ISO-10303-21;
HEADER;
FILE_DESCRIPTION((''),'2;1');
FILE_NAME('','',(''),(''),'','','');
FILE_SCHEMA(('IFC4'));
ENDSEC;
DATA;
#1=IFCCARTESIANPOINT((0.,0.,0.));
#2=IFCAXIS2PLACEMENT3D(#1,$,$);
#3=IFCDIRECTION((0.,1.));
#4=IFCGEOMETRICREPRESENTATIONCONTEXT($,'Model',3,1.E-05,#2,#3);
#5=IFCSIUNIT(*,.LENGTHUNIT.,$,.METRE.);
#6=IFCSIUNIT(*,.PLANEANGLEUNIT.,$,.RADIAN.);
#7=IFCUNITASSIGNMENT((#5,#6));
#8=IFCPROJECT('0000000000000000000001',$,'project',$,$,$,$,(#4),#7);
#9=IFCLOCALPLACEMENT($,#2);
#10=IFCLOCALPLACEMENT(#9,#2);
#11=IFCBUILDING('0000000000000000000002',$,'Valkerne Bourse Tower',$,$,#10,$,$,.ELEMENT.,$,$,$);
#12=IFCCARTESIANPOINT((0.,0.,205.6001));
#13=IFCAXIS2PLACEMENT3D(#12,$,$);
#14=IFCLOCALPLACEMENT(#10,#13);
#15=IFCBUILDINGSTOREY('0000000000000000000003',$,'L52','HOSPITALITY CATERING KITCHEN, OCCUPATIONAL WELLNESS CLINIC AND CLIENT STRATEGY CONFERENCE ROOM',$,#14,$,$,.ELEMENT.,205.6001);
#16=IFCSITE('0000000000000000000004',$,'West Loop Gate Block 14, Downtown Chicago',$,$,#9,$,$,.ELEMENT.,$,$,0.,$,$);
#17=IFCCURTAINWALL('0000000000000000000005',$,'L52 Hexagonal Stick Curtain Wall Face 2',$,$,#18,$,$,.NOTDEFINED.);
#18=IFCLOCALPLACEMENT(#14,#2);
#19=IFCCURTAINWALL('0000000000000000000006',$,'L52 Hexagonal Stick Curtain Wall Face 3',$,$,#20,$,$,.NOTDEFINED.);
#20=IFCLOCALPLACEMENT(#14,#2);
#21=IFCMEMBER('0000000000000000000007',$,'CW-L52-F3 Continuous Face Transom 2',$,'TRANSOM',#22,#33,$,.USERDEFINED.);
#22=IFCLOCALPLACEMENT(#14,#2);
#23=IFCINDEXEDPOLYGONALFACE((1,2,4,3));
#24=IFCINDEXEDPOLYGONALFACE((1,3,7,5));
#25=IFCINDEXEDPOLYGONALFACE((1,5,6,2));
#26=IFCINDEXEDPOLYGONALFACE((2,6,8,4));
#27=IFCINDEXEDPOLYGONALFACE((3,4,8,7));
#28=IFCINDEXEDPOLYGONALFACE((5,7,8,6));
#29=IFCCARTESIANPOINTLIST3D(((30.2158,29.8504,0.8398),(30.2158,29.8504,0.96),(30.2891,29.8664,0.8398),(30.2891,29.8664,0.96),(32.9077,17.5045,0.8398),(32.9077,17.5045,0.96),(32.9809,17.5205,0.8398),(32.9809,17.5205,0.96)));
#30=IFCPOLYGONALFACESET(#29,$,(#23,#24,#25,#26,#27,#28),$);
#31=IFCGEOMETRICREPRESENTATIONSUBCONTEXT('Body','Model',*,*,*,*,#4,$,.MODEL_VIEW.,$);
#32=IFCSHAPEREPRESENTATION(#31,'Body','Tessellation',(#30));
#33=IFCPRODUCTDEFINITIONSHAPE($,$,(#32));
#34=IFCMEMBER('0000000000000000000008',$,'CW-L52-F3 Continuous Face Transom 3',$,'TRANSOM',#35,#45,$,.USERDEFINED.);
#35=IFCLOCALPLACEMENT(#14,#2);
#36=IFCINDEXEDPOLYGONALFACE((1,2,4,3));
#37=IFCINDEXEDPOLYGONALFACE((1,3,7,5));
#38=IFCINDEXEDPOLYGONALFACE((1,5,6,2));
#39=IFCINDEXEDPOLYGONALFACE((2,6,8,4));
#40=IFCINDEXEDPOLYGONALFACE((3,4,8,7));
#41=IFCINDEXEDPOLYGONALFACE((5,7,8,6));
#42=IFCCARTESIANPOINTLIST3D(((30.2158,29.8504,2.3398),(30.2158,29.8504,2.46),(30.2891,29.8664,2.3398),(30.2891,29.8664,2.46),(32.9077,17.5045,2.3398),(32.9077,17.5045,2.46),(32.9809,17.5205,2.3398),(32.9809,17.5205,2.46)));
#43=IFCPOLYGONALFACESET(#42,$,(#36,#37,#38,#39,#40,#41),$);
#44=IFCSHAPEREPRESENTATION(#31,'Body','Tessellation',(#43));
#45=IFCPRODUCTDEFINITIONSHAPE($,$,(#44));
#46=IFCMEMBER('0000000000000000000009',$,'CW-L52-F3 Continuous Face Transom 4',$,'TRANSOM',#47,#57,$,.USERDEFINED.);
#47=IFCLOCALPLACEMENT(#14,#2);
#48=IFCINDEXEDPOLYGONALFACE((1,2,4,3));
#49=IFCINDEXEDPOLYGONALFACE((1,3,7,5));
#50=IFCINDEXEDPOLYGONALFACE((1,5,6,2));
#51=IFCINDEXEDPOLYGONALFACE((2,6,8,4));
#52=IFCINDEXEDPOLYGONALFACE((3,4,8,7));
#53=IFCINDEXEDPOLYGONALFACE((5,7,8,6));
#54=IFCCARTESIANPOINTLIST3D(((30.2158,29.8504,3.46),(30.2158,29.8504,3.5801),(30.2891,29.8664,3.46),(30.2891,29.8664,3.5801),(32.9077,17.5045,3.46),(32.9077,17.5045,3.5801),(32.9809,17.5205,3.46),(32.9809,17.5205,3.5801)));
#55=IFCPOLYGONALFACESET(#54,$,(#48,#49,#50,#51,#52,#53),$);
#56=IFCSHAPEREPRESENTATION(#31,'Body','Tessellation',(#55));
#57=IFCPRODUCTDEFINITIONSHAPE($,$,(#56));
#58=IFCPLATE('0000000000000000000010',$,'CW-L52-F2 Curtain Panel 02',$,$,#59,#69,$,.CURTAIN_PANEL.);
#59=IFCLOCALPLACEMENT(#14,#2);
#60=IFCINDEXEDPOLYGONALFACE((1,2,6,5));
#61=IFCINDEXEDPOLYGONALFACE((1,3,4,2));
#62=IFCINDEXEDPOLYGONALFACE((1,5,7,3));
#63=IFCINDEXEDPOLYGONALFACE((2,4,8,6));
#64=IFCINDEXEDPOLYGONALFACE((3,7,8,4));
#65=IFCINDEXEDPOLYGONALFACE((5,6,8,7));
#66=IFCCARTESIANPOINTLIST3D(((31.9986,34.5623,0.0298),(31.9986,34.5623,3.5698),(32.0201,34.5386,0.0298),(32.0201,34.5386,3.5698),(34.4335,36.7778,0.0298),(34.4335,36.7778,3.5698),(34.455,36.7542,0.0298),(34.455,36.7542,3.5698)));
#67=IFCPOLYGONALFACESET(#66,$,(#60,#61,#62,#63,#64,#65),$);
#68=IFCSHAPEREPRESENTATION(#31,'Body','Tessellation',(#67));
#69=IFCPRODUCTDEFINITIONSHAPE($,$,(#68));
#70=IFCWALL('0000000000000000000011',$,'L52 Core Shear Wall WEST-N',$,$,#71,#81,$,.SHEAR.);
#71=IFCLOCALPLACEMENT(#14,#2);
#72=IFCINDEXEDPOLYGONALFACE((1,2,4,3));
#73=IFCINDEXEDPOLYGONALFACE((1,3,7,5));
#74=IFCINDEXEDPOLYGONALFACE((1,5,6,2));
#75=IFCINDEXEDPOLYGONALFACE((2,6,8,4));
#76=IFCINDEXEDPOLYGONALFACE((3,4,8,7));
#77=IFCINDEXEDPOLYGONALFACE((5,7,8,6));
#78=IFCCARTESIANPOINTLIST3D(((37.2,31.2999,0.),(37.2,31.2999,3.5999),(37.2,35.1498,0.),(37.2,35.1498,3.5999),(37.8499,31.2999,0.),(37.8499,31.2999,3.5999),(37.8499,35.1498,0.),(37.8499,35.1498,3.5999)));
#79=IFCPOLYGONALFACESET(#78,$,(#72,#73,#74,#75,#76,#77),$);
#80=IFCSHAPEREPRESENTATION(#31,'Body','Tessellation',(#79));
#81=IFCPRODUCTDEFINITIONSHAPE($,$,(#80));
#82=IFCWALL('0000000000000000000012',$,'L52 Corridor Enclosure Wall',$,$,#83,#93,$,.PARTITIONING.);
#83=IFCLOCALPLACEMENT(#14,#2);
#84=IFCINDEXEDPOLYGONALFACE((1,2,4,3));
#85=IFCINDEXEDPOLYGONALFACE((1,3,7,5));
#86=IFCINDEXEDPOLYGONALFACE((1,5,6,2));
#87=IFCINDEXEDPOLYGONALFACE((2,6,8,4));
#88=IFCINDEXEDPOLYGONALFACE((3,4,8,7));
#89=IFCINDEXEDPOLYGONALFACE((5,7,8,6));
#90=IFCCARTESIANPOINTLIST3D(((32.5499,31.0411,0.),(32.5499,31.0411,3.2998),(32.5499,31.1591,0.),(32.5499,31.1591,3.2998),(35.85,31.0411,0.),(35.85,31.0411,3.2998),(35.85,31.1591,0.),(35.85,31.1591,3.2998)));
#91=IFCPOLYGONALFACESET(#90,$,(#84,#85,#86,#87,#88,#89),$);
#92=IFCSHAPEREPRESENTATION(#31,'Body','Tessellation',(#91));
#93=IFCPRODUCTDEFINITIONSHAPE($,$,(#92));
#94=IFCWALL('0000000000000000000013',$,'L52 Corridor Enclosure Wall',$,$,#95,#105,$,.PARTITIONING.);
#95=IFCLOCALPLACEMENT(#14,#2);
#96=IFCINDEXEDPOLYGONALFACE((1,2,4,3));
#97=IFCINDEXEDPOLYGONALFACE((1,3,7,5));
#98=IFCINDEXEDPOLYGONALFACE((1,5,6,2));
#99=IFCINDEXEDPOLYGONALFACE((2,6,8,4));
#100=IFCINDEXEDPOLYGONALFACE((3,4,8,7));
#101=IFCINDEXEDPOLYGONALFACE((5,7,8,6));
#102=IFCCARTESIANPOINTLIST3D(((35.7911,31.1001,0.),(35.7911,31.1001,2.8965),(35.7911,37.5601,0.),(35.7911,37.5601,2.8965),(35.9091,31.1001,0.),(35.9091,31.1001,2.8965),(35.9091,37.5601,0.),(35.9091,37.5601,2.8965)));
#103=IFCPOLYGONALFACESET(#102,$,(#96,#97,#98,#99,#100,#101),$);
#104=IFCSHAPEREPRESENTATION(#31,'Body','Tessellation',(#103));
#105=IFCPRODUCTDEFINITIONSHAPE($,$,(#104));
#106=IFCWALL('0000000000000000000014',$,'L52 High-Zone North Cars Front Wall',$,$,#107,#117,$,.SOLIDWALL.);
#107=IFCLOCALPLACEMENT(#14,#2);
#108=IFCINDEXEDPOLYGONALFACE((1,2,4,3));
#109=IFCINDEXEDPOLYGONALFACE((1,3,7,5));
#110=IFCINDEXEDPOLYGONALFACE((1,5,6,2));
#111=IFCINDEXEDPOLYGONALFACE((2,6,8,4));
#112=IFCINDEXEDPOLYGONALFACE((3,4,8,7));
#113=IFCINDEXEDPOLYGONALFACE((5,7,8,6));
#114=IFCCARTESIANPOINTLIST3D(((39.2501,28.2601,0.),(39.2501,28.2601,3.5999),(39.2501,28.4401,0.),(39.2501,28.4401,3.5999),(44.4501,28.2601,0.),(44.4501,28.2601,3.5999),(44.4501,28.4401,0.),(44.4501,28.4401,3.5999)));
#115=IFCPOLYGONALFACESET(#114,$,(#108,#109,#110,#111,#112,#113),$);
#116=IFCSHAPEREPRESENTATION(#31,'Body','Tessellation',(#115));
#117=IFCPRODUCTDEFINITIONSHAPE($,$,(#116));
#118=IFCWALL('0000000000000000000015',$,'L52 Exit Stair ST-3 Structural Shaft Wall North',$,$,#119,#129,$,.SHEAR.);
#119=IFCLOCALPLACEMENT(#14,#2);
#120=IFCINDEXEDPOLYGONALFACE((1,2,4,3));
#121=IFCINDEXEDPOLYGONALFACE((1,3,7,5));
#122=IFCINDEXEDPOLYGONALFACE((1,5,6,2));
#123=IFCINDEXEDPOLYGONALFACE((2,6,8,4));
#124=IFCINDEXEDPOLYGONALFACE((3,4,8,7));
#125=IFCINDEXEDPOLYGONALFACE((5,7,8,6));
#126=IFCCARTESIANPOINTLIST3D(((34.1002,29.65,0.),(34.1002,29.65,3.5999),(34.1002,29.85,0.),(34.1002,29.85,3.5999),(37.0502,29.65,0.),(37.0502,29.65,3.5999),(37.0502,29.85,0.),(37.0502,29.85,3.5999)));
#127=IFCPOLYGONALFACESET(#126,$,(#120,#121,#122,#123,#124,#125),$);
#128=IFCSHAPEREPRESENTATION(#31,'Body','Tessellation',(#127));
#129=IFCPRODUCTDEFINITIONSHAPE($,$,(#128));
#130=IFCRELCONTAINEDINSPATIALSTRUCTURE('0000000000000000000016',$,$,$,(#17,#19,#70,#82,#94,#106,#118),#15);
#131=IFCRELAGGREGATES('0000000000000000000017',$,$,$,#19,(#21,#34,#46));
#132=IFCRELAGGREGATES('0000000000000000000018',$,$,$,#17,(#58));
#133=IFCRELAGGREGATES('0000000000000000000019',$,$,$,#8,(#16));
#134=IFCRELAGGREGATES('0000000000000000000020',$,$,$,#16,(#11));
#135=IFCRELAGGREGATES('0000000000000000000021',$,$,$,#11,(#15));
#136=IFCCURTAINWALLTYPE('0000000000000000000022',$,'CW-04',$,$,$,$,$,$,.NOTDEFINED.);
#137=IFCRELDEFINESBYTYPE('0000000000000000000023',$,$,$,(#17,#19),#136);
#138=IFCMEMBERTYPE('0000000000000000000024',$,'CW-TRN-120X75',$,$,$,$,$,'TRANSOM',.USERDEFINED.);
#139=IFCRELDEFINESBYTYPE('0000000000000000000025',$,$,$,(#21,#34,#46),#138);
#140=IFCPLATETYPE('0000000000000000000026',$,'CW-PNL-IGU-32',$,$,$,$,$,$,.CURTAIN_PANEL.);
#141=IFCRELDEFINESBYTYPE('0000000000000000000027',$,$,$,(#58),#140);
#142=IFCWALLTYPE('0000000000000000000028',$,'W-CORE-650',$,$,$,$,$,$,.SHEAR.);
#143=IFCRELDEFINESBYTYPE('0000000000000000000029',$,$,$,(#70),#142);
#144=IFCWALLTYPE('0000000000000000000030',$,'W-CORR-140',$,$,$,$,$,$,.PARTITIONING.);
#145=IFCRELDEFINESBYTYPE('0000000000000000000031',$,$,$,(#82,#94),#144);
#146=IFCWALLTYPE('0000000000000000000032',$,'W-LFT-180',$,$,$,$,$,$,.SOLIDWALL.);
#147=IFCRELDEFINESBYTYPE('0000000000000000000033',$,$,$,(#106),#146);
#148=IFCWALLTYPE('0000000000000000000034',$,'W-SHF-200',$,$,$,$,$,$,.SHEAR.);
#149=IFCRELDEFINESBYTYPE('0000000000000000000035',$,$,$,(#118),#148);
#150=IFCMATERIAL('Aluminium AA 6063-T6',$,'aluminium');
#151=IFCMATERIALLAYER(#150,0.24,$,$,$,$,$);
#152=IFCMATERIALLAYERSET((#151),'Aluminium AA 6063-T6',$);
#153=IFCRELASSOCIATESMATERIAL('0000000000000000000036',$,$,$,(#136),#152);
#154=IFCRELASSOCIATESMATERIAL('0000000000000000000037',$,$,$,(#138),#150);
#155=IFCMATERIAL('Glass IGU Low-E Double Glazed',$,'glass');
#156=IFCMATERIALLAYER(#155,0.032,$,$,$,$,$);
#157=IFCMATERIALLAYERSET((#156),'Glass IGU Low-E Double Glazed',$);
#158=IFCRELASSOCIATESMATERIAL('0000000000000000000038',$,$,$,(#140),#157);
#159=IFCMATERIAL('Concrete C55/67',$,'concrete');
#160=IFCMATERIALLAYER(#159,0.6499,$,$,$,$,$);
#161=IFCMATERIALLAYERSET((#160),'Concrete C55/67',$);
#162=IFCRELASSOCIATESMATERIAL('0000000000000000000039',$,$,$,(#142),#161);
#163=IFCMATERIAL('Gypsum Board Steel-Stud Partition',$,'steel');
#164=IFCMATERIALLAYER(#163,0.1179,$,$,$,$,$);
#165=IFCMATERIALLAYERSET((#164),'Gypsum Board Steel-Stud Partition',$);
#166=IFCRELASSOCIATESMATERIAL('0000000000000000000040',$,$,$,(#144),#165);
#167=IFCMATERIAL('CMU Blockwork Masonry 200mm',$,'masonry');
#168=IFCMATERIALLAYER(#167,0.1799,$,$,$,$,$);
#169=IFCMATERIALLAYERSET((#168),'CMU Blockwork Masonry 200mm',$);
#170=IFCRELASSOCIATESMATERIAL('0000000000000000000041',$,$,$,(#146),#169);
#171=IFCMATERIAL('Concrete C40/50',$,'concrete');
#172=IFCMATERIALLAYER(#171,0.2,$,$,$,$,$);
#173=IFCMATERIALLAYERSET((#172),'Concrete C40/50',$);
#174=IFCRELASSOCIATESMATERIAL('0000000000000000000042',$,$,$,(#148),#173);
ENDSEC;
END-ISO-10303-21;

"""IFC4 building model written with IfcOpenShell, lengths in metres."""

from ifc_helpers import new_model, si_unit, direction, frame, frame_2d, origin, origin_2d, place, context, subcontext, project, spatial, rectangle, extrude, material, layer, layer_set, material_profile, profile_set, type_object, element, aggregate, save


model = new_model("IFC4")

# Units and contexts
model_context = context("Model", 3, precision=1e-05, world=origin(), true_north=direction((0.0, 1.0)))
body_context = subcontext(model_context, "Body", "Model", "MODEL_VIEW")
ifc_project = project(units=[si_unit("LENGTHUNIT", "METRE"), si_unit("PLANEANGLEUNIT", "RADIAN")], contexts=[model_context])

# Site, building, storey
site_placement = place(None, origin())
site = spatial("IfcSite", under=ifc_project, at=site_placement, Name="West Loop Gate Block 14, Downtown Chicago", CompositionType="ELEMENT", RefElevation=0.0)
building_placement = place(site_placement, origin())
building = spatial("IfcBuilding", under=site, at=building_placement, Name="Valkerne Bourse Tower", CompositionType="ELEMENT")
storey_placement = place(building_placement, frame((0.0, 0.0, 205.6001)))
storey = spatial("IfcBuildingStorey", under=building, at=storey_placement, Name="L52", Description="HOSPITALITY CATERING KITCHEN, OCCUPATIONAL WELLNESS CLINIC AND CLIENT STRATEGY CONFERENCE ROOM", CompositionType="ELEMENT", Elevation=205.6001)

# Curtain wall
ifc_material_1 = material(Name="Aluminium AA 6063-T6", Category="aluminium")
ifc_layer_1 = layer(ifc_material_1, 0.24)
ifc_layer_set_1 = layer_set([ifc_layer_1], Name="Aluminium AA 6063-T6")
curtain_wall_type = type_object("IfcCurtainWallType", Name="CW-04", PredefinedType="NOTDEFINED", material=ifc_layer_set_1)
curtain_wall_1_placement = place(storey_placement, origin())
curtain_wall_1 = element("IfcCurtainWall", 1, at=curtain_wall_1_placement, inside=storey, type_object=curtain_wall_type, Name="L52 Hexagonal Stick Curtain Wall Face 2", PredefinedType="NOTDEFINED")

# Curtain wall, members
curtain_wall_2_placement = place(storey_placement, origin())
curtain_wall_2 = element("IfcCurtainWall", 2, at=curtain_wall_2_placement, inside=storey, type_object=curtain_wall_type, Name="L52 Hexagonal Stick Curtain Wall Face 3", PredefinedType="NOTDEFINED")
ifc_material_profile_1 = material_profile(ifc_material_1, rectangle(XDim=0.075, YDim=0.1201, at=origin_2d()), Name="CWT-75X120")
ifc_profile_set_1 = profile_set([ifc_material_profile_1], Name="Aluminium AA 6063-T6")
member_type_1 = type_object("IfcMemberType", Name="CW-TRN-120X75", ElementType="TRANSOM", PredefinedType="USERDEFINED", material=ifc_profile_set_1)
member_1_placement = place(storey_placement, frame((30.2524, 29.8584, 0.8999), z_axis=(0.213034, -0.977045, 0.0), x_axis=(0.977045, 0.213034, 0.0)))
member_1 = element("IfcMember", 3, at=member_1_placement, type_object=member_type_1, Name="CW-L52-F3 Continuous Face Transom 2", ObjectType="TRANSOM", PredefinedType="USERDEFINED", context=body_context, shape_type="SweptSolid", body=[
    extrude(rectangle(XDim=0.075, YDim=0.1201, at=origin_2d()), origin(), (0.0, 0.0, 1.0), 12.636),
])
member_2_placement = place(storey_placement, frame((30.2524, 29.8584, 2.3999), z_axis=(0.213034, -0.977045, 0.0), x_axis=(0.977045, 0.213034, 0.0)))
member_2 = element("IfcMember", 4, at=member_2_placement, type_object=member_type_1, Name="CW-L52-F3 Continuous Face Transom 3", ObjectType="TRANSOM", PredefinedType="USERDEFINED", context=body_context, shape_type="SweptSolid", body=[
    extrude(rectangle(XDim=0.075, YDim=0.1201, at=origin_2d()), origin(), (0.0, 0.0, 1.0), 12.636),
])
member_3_placement = place(storey_placement, frame((30.2524, 29.8584, 3.52), z_axis=(0.213034, -0.977045, 0.0), x_axis=(0.977045, 0.213034, 0.0)))
member_3 = element("IfcMember", 5, at=member_3_placement, type_object=member_type_1, Name="CW-L52-F3 Continuous Face Transom 4", ObjectType="TRANSOM", PredefinedType="USERDEFINED", context=body_context, shape_type="SweptSolid", body=[
    extrude(rectangle(XDim=0.075, YDim=0.1201, at=origin_2d()), origin(), (0.0, 0.0, 1.0), 12.636),
])
aggregate(curtain_wall_2, [member_1, member_2, member_3])

# Plate
ifc_material_2 = material(Name="Glass IGU Low-E Double Glazed", Category="glass")
ifc_layer_2 = layer(ifc_material_2, 0.032)
ifc_layer_set_2 = layer_set([ifc_layer_2], Name="Glass IGU Low-E Double Glazed")
plate_type = type_object("IfcPlateType", Name="CW-PNL-IGU-32", PredefinedType="CURTAIN_PANEL", material=ifc_layer_set_2)
plate_placement = place(storey_placement, frame((33.2268, 35.6582, 0.0298), z_axis=(0.0, 0.0, 1.0), x_axis=(-0.739632, -0.673012, 0.0)))
plate = element("IfcPlate", 6, at=plate_placement, type_object=plate_type, Name="CW-L52-F2 Curtain Panel 02", PredefinedType="CURTAIN_PANEL", context=body_context, shape_type="SweptSolid", body=[
    extrude(rectangle(XDim=3.292, YDim=0.032, at=origin_2d()), origin(), (0.0, 0.0, 1.0), 3.54),
])
aggregate(curtain_wall_1, [plate])

# Shared definitions
ifc_material_3 = material(Name="Concrete C55/67", Category="concrete")
ifc_layer_3 = layer(ifc_material_3, 0.6499)
ifc_layer_set_3 = layer_set([ifc_layer_3], Name="Concrete C55/67")
wall_type_1 = type_object("IfcWallType", Name="W-CORE-650", PredefinedType="SHEAR", material=ifc_layer_set_3)

# Walls
wall_1_placement = place(storey_placement, frame((37.5249, 31.3, 0.0), z_axis=(0.0, 0.0, 1.0), x_axis=(0.0, 1.0, 0.0)))
element("IfcWall", 7, at=wall_1_placement, inside=storey, type_object=wall_type_1, Name="L52 Core Shear Wall WEST-N", PredefinedType="SHEAR", context=body_context, shape_type="SweptSolid", body=[
    extrude(rectangle(XDim=3.8499, YDim=0.6499, at=frame_2d((1.9248, 0.0))), origin(), (0.0, 0.0, 1.0), 3.5999),
])
ifc_material_4 = material(Name="Gypsum Board Steel-Stud Partition", Category="steel")
ifc_layer_4 = layer(ifc_material_4, 0.1179)
ifc_layer_set_4 = layer_set([ifc_layer_4], Name="Gypsum Board Steel-Stud Partition")
wall_type_2 = type_object("IfcWallType", Name="W-CORR-140", PredefinedType="PARTITIONING", material=ifc_layer_set_4)
wall_2_placement = place(storey_placement, frame((32.55, 31.1001, 0.0), z_axis=(0.0, 0.0, 1.0), x_axis=(1.0, 0.0, 0.0)))
element("IfcWall", 8, at=wall_2_placement, inside=storey, type_object=wall_type_2, Name="L52 Corridor Enclosure Wall", PredefinedType="PARTITIONING", context=body_context, shape_type="SweptSolid", body=[
    extrude(rectangle(XDim=3.3, YDim=0.1179, at=frame_2d((1.6499, 0.0))), origin(), (0.0, 0.0, 1.0), 3.2998),
])
wall_3_placement = place(storey_placement, frame((35.8501, 31.1001, 0.0), z_axis=(0.0, 0.0, 1.0), x_axis=(0.0, 1.0, 0.0)))
element("IfcWall", 9, at=wall_3_placement, inside=storey, type_object=wall_type_2, Name="L52 Corridor Enclosure Wall", PredefinedType="PARTITIONING", context=body_context, shape_type="SweptSolid", body=[
    extrude(rectangle(XDim=6.46, YDim=0.1179, at=frame_2d((3.23, 0.0))), origin(), (0.0, 0.0, 1.0), 2.8965),
])
ifc_material_5 = material(Name="CMU Blockwork Masonry 200mm", Category="masonry")
ifc_layer_5 = layer(ifc_material_5, 0.1799)
ifc_layer_set_5 = layer_set([ifc_layer_5], Name="CMU Blockwork Masonry 200mm")
wall_type_3 = type_object("IfcWallType", Name="W-LFT-180", PredefinedType="SOLIDWALL", material=ifc_layer_set_5)
wall_4_placement = place(storey_placement, frame((39.25, 28.3501, 0.0), z_axis=(0.0, 0.0, 1.0), x_axis=(1.0, 0.0, 0.0)))
element("IfcWall", 10, at=wall_4_placement, inside=storey, type_object=wall_type_3, Name="L52 High-Zone North Cars Front Wall", PredefinedType="SOLIDWALL", context=body_context, shape_type="SweptSolid", body=[
    extrude(rectangle(XDim=5.2, YDim=0.1799, at=frame_2d((2.6001, 0.0))), origin(), (0.0, 0.0, 1.0), 3.5999),
])
ifc_material_6 = material(Name="Concrete C40/50", Category="concrete")
ifc_layer_6 = layer(ifc_material_6, 0.2)
ifc_layer_set_6 = layer_set([ifc_layer_6], Name="Concrete C40/50")
wall_type_4 = type_object("IfcWallType", Name="W-SHF-200", PredefinedType="SHEAR", material=ifc_layer_set_6)
wall_5_placement = place(storey_placement, frame((34.1001, 29.75, 0.0), z_axis=(0.0, 0.0, 1.0), x_axis=(1.0, 0.0, 0.0)))
element("IfcWall", 11, at=wall_5_placement, inside=storey, type_object=wall_type_4, Name="L52 Exit Stair ST-3 Structural Shaft Wall North", PredefinedType="SHEAR", context=body_context, shape_type="SweptSolid", body=[
    extrude(rectangle(XDim=2.95, YDim=0.2, at=frame_2d((1.4751, 0.0))), origin(), (0.0, 0.0, 1.0), 3.5999),
])

save(model, "model.ifc")
